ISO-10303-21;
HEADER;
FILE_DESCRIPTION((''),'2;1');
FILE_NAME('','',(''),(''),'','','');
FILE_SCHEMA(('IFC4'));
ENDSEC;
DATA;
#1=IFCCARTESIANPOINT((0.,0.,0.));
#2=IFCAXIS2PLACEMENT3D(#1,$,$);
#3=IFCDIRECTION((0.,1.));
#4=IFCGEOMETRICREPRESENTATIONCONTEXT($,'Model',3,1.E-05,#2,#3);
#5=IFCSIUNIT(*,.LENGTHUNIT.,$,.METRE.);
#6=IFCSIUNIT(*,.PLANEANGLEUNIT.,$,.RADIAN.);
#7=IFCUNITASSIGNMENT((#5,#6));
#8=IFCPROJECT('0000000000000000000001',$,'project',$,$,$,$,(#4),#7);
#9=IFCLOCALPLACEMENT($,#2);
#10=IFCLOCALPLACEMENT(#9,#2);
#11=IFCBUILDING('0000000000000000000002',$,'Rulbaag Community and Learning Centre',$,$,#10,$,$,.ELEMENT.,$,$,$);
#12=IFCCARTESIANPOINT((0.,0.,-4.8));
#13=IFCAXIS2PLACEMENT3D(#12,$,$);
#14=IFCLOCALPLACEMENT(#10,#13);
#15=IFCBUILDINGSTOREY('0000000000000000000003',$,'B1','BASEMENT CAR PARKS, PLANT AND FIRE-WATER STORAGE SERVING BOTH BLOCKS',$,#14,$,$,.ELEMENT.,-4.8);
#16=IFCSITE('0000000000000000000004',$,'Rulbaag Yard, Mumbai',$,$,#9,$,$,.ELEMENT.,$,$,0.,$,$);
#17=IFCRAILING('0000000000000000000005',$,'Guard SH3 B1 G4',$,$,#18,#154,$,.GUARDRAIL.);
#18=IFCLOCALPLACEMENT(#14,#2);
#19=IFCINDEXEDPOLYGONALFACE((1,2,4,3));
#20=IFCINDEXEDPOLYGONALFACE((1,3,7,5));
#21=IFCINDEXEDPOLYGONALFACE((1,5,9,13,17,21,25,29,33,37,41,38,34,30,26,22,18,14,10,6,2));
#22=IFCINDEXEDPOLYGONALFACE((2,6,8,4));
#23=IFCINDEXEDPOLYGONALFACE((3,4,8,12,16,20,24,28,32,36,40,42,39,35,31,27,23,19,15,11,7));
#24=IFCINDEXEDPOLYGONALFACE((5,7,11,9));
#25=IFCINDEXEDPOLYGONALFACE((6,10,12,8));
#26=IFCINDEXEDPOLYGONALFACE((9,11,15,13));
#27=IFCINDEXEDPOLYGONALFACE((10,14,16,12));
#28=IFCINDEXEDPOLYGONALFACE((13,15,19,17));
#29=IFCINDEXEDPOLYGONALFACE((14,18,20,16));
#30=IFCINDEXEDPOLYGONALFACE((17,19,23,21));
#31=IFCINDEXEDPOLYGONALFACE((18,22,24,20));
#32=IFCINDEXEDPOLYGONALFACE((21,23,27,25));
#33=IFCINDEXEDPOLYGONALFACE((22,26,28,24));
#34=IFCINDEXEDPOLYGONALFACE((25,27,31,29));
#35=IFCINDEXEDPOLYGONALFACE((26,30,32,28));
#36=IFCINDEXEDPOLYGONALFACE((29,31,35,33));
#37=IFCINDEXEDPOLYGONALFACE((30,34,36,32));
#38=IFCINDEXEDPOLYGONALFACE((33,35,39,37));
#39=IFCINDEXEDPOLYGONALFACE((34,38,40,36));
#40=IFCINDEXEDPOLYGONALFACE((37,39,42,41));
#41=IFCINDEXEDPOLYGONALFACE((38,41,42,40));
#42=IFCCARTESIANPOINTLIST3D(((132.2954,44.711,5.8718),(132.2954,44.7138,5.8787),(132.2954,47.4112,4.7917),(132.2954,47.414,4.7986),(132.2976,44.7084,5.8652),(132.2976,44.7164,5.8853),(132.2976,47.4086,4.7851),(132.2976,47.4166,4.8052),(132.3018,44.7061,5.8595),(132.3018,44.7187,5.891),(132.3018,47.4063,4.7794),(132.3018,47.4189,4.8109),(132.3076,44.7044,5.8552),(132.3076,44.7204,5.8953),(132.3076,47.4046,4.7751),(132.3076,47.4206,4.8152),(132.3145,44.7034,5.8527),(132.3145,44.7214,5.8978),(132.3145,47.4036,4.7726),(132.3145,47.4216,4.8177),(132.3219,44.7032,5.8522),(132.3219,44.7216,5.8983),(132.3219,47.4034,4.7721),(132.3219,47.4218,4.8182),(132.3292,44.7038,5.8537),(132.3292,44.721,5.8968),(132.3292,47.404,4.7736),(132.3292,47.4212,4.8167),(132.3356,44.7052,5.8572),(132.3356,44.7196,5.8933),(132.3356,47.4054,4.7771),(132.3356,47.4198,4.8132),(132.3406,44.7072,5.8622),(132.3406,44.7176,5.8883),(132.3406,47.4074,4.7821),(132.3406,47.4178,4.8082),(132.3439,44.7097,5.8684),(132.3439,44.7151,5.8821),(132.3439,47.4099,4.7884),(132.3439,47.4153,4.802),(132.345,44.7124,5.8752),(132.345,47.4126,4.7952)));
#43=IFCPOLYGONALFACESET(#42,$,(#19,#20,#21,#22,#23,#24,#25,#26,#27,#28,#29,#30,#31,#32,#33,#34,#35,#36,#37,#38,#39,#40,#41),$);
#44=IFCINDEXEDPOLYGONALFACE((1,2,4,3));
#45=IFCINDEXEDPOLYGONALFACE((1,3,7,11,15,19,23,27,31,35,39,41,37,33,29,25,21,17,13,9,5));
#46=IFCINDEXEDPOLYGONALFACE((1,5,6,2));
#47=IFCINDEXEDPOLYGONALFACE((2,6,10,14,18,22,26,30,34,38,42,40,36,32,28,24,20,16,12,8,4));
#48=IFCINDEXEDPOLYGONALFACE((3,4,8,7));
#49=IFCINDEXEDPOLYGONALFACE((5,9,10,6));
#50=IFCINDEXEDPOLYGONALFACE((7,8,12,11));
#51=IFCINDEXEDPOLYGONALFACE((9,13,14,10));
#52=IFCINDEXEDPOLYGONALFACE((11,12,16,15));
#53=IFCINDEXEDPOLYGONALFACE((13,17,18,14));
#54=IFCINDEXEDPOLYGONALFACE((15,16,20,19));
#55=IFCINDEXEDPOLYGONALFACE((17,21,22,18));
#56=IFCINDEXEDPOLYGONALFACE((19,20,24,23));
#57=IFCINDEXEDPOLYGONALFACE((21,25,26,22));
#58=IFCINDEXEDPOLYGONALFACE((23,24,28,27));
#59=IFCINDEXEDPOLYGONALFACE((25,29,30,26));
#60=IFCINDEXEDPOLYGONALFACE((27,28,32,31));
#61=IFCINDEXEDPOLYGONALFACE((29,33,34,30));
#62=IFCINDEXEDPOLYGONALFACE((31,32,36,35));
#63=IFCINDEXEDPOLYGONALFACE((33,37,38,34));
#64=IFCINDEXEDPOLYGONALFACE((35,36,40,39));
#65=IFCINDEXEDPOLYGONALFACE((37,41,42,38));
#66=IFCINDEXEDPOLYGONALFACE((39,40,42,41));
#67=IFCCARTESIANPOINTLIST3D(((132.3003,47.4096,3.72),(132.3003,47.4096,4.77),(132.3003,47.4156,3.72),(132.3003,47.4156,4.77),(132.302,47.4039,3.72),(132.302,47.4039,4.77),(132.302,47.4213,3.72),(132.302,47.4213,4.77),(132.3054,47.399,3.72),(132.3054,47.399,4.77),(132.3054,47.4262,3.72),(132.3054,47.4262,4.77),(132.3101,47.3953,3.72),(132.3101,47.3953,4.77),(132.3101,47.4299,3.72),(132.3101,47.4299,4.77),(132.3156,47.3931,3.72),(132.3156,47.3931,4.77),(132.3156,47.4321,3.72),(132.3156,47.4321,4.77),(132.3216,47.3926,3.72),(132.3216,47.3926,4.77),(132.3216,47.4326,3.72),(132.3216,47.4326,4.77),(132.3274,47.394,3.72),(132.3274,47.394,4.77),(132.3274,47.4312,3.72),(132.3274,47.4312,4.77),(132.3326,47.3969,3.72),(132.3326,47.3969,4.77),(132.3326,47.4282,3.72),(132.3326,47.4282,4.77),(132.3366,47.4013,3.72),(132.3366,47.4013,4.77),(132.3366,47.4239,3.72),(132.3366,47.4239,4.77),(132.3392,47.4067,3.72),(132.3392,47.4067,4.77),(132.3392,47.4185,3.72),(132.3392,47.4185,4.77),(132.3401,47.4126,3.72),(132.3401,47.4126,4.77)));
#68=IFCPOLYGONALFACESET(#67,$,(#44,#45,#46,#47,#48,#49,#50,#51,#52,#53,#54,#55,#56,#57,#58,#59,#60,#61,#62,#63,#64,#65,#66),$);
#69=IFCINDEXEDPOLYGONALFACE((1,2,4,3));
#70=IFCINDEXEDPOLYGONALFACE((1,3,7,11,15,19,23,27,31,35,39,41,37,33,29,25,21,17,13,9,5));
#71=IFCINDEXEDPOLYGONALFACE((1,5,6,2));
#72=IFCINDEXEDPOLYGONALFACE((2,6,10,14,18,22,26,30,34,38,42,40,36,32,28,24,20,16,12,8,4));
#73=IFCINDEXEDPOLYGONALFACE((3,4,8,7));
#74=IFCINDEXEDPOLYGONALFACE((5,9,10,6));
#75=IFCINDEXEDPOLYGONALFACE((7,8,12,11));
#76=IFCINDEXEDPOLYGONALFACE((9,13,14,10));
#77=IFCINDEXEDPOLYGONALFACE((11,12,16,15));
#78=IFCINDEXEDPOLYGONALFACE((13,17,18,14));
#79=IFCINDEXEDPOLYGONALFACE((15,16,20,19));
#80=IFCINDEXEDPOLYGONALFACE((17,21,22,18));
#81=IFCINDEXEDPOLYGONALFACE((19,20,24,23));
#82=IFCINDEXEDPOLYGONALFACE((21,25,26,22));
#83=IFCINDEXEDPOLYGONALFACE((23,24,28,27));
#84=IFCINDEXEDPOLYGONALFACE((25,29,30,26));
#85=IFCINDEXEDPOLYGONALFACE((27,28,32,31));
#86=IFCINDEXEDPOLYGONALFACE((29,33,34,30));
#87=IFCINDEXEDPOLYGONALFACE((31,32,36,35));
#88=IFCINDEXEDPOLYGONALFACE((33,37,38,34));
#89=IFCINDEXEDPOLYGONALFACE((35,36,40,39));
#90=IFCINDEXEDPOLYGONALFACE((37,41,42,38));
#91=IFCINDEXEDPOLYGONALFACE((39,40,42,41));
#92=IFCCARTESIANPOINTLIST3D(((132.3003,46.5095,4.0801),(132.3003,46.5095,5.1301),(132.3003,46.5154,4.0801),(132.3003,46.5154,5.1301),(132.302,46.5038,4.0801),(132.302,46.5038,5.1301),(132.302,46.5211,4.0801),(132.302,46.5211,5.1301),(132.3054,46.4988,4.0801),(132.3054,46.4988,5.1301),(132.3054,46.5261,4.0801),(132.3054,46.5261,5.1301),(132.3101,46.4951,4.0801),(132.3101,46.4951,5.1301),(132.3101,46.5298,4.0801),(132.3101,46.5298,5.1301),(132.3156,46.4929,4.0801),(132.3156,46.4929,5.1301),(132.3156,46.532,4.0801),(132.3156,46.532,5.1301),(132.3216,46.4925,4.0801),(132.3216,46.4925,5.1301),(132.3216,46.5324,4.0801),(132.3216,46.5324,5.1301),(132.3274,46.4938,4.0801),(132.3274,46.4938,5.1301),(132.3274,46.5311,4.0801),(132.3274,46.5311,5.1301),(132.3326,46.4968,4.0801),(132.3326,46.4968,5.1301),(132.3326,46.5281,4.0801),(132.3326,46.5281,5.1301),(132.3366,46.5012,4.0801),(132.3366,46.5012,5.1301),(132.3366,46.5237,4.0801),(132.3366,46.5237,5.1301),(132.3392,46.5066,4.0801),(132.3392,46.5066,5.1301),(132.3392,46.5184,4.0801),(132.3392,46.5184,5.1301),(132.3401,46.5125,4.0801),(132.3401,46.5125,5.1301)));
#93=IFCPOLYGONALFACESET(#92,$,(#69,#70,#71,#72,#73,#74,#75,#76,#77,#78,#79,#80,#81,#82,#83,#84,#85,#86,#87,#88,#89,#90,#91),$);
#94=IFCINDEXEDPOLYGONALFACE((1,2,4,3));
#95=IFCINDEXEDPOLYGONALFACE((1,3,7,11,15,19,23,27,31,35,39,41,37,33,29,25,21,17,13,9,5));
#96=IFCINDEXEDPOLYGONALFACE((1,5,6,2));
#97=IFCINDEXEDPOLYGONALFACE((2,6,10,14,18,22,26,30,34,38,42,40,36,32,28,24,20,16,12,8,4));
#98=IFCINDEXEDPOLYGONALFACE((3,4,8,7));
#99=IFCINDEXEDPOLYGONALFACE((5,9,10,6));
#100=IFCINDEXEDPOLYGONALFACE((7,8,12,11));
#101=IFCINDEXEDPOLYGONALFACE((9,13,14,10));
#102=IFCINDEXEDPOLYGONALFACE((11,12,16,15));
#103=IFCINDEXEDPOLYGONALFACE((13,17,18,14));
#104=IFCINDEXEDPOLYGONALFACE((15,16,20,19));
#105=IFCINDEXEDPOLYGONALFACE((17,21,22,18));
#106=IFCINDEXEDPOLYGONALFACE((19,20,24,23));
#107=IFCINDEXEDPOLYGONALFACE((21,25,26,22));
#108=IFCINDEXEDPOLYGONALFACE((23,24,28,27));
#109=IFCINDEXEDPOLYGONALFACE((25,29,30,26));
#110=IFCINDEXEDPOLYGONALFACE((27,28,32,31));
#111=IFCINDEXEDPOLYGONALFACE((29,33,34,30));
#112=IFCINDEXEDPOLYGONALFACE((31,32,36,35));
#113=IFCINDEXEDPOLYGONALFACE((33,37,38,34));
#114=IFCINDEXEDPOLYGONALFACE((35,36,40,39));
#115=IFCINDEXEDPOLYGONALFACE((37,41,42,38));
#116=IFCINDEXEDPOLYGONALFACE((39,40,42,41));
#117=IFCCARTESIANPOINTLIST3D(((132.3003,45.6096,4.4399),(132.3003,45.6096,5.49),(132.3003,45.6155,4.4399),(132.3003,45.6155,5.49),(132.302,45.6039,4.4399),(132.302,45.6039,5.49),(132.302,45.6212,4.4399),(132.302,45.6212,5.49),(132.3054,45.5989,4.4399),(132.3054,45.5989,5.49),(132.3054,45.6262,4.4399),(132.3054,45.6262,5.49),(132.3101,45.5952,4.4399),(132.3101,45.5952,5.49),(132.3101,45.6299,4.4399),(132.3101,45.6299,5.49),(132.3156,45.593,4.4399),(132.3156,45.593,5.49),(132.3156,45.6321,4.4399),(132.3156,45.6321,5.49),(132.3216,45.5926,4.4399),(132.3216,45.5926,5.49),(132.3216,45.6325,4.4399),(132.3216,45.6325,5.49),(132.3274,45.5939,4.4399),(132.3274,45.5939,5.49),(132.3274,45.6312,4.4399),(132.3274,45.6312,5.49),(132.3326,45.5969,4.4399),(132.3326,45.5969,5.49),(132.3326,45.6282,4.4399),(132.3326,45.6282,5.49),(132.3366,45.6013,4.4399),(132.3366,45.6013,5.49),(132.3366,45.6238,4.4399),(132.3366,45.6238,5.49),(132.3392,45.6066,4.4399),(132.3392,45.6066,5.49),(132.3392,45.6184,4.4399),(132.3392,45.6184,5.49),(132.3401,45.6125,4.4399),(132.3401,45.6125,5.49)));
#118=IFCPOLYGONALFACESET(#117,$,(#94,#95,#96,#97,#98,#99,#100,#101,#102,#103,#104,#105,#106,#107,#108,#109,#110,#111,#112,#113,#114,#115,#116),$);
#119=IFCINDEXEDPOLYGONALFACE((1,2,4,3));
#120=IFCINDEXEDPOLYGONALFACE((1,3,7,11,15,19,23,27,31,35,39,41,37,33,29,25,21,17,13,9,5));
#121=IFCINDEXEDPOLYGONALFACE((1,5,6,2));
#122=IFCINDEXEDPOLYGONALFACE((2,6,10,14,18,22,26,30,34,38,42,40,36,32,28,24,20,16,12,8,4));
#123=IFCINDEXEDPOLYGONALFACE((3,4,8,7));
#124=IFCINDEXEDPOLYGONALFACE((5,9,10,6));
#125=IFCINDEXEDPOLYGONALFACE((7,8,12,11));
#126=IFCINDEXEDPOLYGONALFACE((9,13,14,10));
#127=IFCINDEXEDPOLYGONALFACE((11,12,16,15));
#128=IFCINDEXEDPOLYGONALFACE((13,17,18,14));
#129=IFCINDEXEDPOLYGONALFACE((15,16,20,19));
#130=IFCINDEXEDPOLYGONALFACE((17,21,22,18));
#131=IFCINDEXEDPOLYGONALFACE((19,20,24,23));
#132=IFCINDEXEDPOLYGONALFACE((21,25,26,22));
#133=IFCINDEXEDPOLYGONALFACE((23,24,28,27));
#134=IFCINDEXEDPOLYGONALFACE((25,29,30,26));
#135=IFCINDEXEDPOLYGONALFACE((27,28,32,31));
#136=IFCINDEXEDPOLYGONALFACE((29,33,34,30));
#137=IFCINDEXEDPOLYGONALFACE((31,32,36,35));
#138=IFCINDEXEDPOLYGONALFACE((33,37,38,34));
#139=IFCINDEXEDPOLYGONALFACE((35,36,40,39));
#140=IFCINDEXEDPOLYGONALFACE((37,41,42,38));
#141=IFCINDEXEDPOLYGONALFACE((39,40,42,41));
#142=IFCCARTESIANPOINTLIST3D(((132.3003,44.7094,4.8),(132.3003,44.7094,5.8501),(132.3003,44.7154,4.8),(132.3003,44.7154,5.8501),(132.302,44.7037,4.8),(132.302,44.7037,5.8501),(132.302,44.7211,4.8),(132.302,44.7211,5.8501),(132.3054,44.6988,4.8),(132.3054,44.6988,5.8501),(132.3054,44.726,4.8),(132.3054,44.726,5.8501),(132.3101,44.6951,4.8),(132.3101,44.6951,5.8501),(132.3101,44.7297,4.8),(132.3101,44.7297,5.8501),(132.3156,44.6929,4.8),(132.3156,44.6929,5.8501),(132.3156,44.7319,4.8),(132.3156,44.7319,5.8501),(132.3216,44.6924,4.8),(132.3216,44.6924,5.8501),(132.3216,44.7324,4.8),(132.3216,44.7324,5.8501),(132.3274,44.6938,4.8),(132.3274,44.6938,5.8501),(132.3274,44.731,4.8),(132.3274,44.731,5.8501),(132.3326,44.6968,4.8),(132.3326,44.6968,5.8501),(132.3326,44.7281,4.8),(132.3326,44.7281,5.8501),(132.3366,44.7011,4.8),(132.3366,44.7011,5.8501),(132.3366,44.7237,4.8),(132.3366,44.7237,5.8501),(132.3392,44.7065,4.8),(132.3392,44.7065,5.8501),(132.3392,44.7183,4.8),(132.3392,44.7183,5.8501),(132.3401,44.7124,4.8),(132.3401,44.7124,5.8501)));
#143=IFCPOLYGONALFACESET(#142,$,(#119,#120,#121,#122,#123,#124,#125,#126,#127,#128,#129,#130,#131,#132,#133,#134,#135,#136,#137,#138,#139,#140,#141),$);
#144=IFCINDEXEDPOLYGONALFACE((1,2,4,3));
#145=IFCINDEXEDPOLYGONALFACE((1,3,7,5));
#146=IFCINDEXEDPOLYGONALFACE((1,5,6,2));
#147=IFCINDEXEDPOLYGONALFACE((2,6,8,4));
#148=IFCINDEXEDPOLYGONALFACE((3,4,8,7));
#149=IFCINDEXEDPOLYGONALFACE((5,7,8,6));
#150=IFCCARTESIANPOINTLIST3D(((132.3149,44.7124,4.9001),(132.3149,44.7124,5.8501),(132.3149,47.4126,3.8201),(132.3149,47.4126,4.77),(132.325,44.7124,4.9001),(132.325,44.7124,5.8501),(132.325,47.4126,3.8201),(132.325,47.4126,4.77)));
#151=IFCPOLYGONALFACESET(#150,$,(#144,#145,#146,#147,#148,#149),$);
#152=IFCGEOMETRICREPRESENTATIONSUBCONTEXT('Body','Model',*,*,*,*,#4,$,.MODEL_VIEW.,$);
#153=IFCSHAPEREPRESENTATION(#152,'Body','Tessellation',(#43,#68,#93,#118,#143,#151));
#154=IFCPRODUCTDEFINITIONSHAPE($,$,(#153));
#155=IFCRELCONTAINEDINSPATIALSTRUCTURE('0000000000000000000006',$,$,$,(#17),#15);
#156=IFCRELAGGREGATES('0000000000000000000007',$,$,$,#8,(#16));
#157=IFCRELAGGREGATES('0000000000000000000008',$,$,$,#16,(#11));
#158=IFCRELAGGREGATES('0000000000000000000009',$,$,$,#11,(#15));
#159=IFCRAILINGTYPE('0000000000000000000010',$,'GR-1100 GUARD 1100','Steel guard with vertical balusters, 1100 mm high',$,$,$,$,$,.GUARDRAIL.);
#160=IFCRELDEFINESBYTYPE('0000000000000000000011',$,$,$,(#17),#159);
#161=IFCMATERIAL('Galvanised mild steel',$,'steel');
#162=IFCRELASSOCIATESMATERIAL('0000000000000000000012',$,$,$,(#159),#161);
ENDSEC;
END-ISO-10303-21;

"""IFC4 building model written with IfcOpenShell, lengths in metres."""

from ifc_helpers import new_model, si_unit, direction, frame, origin, origin_2d, place, context, subcontext, project, spatial, polyline, circle, outline, extrude, material, type_object, element, save


model = new_model("IFC4")

# Units and contexts
model_context = context("Model", 3, precision=1e-05, world=origin(), true_north=direction((0.0, 1.0)))
body_context = subcontext(model_context, "Body", "Model", "MODEL_VIEW")
ifc_project = project(units=[si_unit("LENGTHUNIT", "METRE"), si_unit("PLANEANGLEUNIT", "RADIAN")], contexts=[model_context])

# Site, building, storey
site_placement = place(None, origin())
site = spatial("IfcSite", under=ifc_project, at=site_placement, Name="Rulbaag Yard, Mumbai", CompositionType="ELEMENT", RefElevation=0.0)
building_placement = place(site_placement, origin())
building = spatial("IfcBuilding", under=site, at=building_placement, Name="Rulbaag Community and Learning Centre", CompositionType="ELEMENT")
storey_placement = place(building_placement, frame((0.0, 0.0, -4.8)))
storey = spatial("IfcBuildingStorey", under=building, at=storey_placement, Name="B1", Description="BASEMENT CAR PARKS, PLANT AND FIRE-WATER STORAGE SERVING BOTH BLOCKS", CompositionType="ELEMENT", Elevation=-4.8)

# Railing
ifc_material_1 = material(Name="Galvanised mild steel", Category="steel")
railing_type_1 = type_object("IfcRailingType", Name="GR-1100 GUARD 1100", Description="Steel guard with vertical balusters, 1100 mm high", PredefinedType="GUARDRAIL", material=ifc_material_1)
railing_1_placement = place(storey_placement, frame((132.3201, 47.4126, 3.72)))
element("IfcRailing", 1, at=railing_1_placement, inside=storey, type_object=railing_type_1, Name="Guard SH3 B1 G4", PredefinedType="GUARDRAIL", context=body_context, shape_type="SweptSolid", body=[
    extrude(circle(Radius=0.0249, at=origin_2d()), frame((0.0, 0.0, 1.0752), z_axis=(0.0, -0.928477, 0.371391), x_axis=(1.0, 0.0, 0.0)), (0.0, 0.0, 1.0), 2.9082),
    extrude(circle(Radius=0.02, at=origin_2d()), origin(), (0.0, 0.0, 1.0), 1.05),
    extrude(circle(Radius=0.02, at=origin_2d()), frame((0.0, -0.9001, 0.3601)), (0.0, 0.0, 1.0), 1.05),
    extrude(circle(Radius=0.02, at=origin_2d()), frame((0.0, -1.8, 0.72)), (0.0, 0.0, 1.0), 1.05),
    extrude(circle(Radius=0.02, at=origin_2d()), frame((0.0, -2.7002, 1.0801)), (0.0, 0.0, 1.0), 1.05),
    extrude(outline(polyline([(0.0, 0.0), (2.7002, 1.0801), (2.7002, 2.03), (0.0, 0.95), (0.0, 0.0)])), frame((0.0049, 0.0, 0.1001), z_axis=(-1.0, 0.0, 0.0), x_axis=(0.0, -1.0, 0.0)), (0.0, 0.0, 1.0), 0.01),
])

save(model, "model.ifc")
